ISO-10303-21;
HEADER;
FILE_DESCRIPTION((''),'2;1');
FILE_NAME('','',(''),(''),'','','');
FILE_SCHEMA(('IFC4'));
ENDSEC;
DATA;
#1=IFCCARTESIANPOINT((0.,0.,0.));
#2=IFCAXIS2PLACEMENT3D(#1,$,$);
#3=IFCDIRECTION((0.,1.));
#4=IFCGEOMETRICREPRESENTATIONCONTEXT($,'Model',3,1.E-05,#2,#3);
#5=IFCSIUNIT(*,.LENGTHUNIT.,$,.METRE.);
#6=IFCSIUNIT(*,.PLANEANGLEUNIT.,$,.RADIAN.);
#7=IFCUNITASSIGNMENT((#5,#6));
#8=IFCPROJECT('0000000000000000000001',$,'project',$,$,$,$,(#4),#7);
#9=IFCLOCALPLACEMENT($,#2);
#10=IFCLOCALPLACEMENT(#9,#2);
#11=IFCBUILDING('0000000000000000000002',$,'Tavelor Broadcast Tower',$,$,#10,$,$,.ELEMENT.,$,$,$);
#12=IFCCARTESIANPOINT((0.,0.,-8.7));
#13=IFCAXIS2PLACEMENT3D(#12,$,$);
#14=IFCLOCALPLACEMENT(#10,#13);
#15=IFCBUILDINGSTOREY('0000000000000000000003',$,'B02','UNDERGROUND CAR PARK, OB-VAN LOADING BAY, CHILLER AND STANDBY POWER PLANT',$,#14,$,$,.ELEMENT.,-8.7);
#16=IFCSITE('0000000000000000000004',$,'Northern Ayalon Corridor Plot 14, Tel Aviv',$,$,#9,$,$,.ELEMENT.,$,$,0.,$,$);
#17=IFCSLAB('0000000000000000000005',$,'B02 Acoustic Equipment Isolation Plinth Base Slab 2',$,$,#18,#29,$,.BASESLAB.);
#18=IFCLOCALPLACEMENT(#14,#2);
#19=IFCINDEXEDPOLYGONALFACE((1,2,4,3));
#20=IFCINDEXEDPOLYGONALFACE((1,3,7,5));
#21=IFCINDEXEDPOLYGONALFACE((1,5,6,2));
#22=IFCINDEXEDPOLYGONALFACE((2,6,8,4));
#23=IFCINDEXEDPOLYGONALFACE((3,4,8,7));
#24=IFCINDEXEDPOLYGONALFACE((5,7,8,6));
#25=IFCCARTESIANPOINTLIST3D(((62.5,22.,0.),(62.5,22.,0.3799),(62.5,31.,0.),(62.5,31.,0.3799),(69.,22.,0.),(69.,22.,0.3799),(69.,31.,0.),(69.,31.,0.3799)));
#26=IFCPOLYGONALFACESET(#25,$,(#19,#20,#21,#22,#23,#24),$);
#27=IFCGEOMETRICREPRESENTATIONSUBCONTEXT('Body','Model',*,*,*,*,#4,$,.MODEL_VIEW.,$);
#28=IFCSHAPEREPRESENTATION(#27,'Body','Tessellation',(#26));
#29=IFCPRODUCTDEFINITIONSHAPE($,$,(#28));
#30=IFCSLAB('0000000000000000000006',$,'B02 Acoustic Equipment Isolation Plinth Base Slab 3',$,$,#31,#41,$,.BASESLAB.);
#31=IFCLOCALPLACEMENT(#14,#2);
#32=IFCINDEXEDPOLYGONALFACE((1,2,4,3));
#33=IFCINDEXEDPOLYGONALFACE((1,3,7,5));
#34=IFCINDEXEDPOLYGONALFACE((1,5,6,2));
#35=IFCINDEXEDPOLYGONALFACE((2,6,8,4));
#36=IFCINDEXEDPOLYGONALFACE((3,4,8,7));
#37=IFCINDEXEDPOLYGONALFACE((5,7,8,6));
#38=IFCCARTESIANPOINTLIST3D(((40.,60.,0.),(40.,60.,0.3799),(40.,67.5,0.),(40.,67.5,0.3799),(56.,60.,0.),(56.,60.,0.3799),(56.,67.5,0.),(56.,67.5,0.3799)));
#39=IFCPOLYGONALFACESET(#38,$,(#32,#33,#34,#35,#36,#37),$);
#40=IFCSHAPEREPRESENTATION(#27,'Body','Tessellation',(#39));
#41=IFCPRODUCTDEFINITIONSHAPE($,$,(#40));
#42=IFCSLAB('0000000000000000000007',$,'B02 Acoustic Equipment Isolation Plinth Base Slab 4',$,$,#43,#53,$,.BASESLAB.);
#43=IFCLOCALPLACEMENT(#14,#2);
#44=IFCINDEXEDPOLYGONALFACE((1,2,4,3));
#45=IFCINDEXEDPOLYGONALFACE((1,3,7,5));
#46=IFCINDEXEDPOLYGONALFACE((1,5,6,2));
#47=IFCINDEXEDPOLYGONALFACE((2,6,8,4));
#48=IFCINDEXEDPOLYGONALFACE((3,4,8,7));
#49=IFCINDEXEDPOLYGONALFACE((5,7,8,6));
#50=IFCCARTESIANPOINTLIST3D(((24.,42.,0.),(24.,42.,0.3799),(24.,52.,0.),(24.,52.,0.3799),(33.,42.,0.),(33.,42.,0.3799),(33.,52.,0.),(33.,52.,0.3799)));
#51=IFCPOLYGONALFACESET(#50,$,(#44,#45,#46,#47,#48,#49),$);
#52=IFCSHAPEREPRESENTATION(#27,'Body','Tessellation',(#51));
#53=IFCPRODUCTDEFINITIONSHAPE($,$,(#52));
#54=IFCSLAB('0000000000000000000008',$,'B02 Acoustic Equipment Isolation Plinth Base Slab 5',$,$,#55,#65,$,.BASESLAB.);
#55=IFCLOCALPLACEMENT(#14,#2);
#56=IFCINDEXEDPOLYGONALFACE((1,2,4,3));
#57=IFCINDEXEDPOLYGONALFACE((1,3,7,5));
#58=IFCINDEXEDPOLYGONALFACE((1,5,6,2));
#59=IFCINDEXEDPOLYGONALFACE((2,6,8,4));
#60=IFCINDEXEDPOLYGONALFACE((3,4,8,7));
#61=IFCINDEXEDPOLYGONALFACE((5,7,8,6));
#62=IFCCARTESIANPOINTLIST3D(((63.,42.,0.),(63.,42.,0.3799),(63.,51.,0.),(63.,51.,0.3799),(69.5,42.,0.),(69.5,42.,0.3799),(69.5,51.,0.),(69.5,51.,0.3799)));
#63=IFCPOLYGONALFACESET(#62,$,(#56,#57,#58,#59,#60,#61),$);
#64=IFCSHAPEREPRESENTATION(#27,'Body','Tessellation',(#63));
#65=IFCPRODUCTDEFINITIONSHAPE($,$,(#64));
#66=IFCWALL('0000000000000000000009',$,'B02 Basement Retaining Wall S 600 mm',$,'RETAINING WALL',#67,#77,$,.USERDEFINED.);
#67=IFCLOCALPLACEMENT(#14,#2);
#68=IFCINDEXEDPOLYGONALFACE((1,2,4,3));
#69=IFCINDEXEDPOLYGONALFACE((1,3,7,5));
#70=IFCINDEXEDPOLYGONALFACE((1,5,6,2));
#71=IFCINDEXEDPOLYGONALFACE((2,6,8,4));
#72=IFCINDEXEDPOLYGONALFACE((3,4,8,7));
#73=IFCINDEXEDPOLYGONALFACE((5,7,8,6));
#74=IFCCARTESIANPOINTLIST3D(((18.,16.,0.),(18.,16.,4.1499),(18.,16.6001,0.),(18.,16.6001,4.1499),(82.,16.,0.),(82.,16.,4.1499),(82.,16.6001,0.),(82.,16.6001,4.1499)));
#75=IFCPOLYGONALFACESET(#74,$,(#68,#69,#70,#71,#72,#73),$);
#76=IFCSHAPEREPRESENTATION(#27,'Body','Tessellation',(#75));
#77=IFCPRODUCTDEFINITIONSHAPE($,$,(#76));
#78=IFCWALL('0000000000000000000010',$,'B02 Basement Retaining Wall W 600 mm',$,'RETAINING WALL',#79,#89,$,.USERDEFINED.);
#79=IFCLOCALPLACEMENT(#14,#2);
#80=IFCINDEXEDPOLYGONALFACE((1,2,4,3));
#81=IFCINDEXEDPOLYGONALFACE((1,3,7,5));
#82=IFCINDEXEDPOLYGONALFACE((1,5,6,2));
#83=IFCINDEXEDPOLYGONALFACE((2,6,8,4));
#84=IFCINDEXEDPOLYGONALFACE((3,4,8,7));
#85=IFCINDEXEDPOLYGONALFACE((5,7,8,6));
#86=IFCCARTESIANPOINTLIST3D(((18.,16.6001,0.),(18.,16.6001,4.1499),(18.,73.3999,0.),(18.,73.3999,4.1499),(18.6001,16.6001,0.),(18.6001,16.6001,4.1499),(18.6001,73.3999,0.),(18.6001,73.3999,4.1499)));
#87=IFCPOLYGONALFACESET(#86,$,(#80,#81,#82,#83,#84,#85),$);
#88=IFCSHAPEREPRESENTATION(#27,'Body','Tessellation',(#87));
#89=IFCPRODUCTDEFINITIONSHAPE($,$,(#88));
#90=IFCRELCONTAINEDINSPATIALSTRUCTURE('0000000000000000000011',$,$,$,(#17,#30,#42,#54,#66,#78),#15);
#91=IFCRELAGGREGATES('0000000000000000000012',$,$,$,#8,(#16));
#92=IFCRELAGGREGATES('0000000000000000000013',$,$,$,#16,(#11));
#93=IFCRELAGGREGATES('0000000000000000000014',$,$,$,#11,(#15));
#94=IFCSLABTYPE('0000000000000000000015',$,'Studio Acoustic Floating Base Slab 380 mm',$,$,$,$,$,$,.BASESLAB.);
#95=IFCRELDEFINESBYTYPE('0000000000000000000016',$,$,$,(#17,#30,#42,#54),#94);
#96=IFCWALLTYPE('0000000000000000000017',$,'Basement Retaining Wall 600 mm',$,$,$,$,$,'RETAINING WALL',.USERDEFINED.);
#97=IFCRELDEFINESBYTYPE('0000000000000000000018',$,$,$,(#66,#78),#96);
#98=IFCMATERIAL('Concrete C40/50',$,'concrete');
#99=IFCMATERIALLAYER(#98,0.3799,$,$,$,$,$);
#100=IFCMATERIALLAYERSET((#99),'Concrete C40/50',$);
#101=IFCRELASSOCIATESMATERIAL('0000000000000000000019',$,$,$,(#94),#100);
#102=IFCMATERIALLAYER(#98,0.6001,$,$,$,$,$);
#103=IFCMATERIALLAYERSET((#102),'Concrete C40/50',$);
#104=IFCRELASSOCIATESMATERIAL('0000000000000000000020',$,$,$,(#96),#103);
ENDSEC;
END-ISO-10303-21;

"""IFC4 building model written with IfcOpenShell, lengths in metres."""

from ifc_helpers import new_model, si_unit, direction, frame, frame_2d, origin, place, context, subcontext, project, spatial, polyline, rectangle, outline, extrude, material, layer, layer_set, type_object, element, save


model = new_model("IFC4")

# Units and contexts
model_context = context("Model", 3, precision=1e-05, world=origin(), true_north=direction((0.0, 1.0)))
body_context = subcontext(model_context, "Body", "Model", "MODEL_VIEW")
ifc_project = project(units=[si_unit("LENGTHUNIT", "METRE"), si_unit("PLANEANGLEUNIT", "RADIAN")], contexts=[model_context])

# Site, building, storey
site_placement = place(None, origin())
site = spatial("IfcSite", under=ifc_project, at=site_placement, Name="Northern Ayalon Corridor Plot 14, Tel Aviv", CompositionType="ELEMENT", RefElevation=0.0)
building_placement = place(site_placement, origin())
building = spatial("IfcBuilding", under=site, at=building_placement, Name="Tavelor Broadcast Tower", CompositionType="ELEMENT")
storey_placement = place(building_placement, frame((0.0, 0.0, -8.7)))
storey = spatial("IfcBuildingStorey", under=building, at=storey_placement, Name="B02", Description="UNDERGROUND CAR PARK, OB-VAN LOADING BAY, CHILLER AND STANDBY POWER PLANT", CompositionType="ELEMENT", Elevation=-8.7)

# Shared definitions
ifc_material = material(Name="Concrete C40/50", Category="concrete")

# Slabs
ifc_layer_1 = layer(ifc_material, 0.3799)
ifc_layer_set_1 = layer_set([ifc_layer_1], Name="Concrete C40/50")
slab_type_1 = type_object("IfcSlabType", Name="Studio Acoustic Floating Base Slab 380 mm", PredefinedType="BASESLAB", material=ifc_layer_set_1)
slab_1_placement = place(storey_placement, origin())
element("IfcSlab", 1, at=slab_1_placement, inside=storey, type_object=slab_type_1, Name="B02 Acoustic Equipment Isolation Plinth Base Slab 2", PredefinedType="BASESLAB", context=body_context, shape_type="SweptSolid", body=[
    extrude(outline(polyline([(69.0, 22.0), (69.0, 31.0), (62.5, 31.0), (62.5, 22.0), (69.0, 22.0)])), origin(), (0.0, 0.0, 1.0), 0.3799),
])
slab_2_placement = place(storey_placement, origin())
element("IfcSlab", 2, at=slab_2_placement, inside=storey, type_object=slab_type_1, Name="B02 Acoustic Equipment Isolation Plinth Base Slab 3", PredefinedType="BASESLAB", context=body_context, shape_type="SweptSolid", body=[
    extrude(outline(polyline([(56.0, 60.0), (56.0, 67.5), (40.0, 67.5), (40.0, 60.0), (56.0, 60.0)])), origin(), (0.0, 0.0, 1.0), 0.3799),
])
slab_3_placement = place(storey_placement, origin())
element("IfcSlab", 3, at=slab_3_placement, inside=storey, type_object=slab_type_1, Name="B02 Acoustic Equipment Isolation Plinth Base Slab 4", PredefinedType="BASESLAB", context=body_context, shape_type="SweptSolid", body=[
    extrude(outline(polyline([(33.0, 42.0), (33.0, 52.0), (24.0, 52.0), (24.0, 42.0), (33.0, 42.0)])), origin(), (0.0, 0.0, 1.0), 0.3799),
])
slab_4_placement = place(storey_placement, origin())
element("IfcSlab", 4, at=slab_4_placement, inside=storey, type_object=slab_type_1, Name="B02 Acoustic Equipment Isolation Plinth Base Slab 5", PredefinedType="BASESLAB", context=body_context, shape_type="SweptSolid", body=[
    extrude(outline(polyline([(69.5, 42.0), (69.5, 51.0), (63.0, 51.0), (63.0, 42.0), (69.5, 42.0)])), origin(), (0.0, 0.0, 1.0), 0.3799),
])

# Walls
ifc_layer_2 = layer(ifc_material, 0.6001)
ifc_layer_set_2 = layer_set([ifc_layer_2], Name="Concrete C40/50")
wall_type = type_object("IfcWallType", Name="Basement Retaining Wall 600 mm", ElementType="RETAINING WALL", PredefinedType="USERDEFINED", material=ifc_layer_set_2)
wall_1_placement = place(storey_placement, frame((18.0, 16.3, 0.0), z_axis=(0.0, 0.0, 1.0), x_axis=(1.0, 0.0, 0.0)))
element("IfcWall", 5, at=wall_1_placement, inside=storey, type_object=wall_type, Name="B02 Basement Retaining Wall S 600 mm", ObjectType="RETAINING WALL", PredefinedType="USERDEFINED", context=body_context, shape_type="SweptSolid", body=[
    extrude(rectangle(XDim=64.0, YDim=0.6001, at=frame_2d((32.0, 0.0))), origin(), (0.0, 0.0, 1.0), 4.1499),
])
wall_2_placement = place(storey_placement, frame((18.3, 16.6001, 0.0), z_axis=(0.0, 0.0, 1.0), x_axis=(0.0, 1.0, 0.0)))
element("IfcWall", 6, at=wall_2_placement, inside=storey, type_object=wall_type, Name="B02 Basement Retaining Wall W 600 mm", ObjectType="RETAINING WALL", PredefinedType="USERDEFINED", context=body_context, shape_type="SweptSolid", body=[
    extrude(rectangle(XDim=56.7998, YDim=0.6001, at=frame_2d((28.3999, 0.0))), origin(), (0.0, 0.0, 1.0), 4.1499),
])

save(model, "model.ifc")
